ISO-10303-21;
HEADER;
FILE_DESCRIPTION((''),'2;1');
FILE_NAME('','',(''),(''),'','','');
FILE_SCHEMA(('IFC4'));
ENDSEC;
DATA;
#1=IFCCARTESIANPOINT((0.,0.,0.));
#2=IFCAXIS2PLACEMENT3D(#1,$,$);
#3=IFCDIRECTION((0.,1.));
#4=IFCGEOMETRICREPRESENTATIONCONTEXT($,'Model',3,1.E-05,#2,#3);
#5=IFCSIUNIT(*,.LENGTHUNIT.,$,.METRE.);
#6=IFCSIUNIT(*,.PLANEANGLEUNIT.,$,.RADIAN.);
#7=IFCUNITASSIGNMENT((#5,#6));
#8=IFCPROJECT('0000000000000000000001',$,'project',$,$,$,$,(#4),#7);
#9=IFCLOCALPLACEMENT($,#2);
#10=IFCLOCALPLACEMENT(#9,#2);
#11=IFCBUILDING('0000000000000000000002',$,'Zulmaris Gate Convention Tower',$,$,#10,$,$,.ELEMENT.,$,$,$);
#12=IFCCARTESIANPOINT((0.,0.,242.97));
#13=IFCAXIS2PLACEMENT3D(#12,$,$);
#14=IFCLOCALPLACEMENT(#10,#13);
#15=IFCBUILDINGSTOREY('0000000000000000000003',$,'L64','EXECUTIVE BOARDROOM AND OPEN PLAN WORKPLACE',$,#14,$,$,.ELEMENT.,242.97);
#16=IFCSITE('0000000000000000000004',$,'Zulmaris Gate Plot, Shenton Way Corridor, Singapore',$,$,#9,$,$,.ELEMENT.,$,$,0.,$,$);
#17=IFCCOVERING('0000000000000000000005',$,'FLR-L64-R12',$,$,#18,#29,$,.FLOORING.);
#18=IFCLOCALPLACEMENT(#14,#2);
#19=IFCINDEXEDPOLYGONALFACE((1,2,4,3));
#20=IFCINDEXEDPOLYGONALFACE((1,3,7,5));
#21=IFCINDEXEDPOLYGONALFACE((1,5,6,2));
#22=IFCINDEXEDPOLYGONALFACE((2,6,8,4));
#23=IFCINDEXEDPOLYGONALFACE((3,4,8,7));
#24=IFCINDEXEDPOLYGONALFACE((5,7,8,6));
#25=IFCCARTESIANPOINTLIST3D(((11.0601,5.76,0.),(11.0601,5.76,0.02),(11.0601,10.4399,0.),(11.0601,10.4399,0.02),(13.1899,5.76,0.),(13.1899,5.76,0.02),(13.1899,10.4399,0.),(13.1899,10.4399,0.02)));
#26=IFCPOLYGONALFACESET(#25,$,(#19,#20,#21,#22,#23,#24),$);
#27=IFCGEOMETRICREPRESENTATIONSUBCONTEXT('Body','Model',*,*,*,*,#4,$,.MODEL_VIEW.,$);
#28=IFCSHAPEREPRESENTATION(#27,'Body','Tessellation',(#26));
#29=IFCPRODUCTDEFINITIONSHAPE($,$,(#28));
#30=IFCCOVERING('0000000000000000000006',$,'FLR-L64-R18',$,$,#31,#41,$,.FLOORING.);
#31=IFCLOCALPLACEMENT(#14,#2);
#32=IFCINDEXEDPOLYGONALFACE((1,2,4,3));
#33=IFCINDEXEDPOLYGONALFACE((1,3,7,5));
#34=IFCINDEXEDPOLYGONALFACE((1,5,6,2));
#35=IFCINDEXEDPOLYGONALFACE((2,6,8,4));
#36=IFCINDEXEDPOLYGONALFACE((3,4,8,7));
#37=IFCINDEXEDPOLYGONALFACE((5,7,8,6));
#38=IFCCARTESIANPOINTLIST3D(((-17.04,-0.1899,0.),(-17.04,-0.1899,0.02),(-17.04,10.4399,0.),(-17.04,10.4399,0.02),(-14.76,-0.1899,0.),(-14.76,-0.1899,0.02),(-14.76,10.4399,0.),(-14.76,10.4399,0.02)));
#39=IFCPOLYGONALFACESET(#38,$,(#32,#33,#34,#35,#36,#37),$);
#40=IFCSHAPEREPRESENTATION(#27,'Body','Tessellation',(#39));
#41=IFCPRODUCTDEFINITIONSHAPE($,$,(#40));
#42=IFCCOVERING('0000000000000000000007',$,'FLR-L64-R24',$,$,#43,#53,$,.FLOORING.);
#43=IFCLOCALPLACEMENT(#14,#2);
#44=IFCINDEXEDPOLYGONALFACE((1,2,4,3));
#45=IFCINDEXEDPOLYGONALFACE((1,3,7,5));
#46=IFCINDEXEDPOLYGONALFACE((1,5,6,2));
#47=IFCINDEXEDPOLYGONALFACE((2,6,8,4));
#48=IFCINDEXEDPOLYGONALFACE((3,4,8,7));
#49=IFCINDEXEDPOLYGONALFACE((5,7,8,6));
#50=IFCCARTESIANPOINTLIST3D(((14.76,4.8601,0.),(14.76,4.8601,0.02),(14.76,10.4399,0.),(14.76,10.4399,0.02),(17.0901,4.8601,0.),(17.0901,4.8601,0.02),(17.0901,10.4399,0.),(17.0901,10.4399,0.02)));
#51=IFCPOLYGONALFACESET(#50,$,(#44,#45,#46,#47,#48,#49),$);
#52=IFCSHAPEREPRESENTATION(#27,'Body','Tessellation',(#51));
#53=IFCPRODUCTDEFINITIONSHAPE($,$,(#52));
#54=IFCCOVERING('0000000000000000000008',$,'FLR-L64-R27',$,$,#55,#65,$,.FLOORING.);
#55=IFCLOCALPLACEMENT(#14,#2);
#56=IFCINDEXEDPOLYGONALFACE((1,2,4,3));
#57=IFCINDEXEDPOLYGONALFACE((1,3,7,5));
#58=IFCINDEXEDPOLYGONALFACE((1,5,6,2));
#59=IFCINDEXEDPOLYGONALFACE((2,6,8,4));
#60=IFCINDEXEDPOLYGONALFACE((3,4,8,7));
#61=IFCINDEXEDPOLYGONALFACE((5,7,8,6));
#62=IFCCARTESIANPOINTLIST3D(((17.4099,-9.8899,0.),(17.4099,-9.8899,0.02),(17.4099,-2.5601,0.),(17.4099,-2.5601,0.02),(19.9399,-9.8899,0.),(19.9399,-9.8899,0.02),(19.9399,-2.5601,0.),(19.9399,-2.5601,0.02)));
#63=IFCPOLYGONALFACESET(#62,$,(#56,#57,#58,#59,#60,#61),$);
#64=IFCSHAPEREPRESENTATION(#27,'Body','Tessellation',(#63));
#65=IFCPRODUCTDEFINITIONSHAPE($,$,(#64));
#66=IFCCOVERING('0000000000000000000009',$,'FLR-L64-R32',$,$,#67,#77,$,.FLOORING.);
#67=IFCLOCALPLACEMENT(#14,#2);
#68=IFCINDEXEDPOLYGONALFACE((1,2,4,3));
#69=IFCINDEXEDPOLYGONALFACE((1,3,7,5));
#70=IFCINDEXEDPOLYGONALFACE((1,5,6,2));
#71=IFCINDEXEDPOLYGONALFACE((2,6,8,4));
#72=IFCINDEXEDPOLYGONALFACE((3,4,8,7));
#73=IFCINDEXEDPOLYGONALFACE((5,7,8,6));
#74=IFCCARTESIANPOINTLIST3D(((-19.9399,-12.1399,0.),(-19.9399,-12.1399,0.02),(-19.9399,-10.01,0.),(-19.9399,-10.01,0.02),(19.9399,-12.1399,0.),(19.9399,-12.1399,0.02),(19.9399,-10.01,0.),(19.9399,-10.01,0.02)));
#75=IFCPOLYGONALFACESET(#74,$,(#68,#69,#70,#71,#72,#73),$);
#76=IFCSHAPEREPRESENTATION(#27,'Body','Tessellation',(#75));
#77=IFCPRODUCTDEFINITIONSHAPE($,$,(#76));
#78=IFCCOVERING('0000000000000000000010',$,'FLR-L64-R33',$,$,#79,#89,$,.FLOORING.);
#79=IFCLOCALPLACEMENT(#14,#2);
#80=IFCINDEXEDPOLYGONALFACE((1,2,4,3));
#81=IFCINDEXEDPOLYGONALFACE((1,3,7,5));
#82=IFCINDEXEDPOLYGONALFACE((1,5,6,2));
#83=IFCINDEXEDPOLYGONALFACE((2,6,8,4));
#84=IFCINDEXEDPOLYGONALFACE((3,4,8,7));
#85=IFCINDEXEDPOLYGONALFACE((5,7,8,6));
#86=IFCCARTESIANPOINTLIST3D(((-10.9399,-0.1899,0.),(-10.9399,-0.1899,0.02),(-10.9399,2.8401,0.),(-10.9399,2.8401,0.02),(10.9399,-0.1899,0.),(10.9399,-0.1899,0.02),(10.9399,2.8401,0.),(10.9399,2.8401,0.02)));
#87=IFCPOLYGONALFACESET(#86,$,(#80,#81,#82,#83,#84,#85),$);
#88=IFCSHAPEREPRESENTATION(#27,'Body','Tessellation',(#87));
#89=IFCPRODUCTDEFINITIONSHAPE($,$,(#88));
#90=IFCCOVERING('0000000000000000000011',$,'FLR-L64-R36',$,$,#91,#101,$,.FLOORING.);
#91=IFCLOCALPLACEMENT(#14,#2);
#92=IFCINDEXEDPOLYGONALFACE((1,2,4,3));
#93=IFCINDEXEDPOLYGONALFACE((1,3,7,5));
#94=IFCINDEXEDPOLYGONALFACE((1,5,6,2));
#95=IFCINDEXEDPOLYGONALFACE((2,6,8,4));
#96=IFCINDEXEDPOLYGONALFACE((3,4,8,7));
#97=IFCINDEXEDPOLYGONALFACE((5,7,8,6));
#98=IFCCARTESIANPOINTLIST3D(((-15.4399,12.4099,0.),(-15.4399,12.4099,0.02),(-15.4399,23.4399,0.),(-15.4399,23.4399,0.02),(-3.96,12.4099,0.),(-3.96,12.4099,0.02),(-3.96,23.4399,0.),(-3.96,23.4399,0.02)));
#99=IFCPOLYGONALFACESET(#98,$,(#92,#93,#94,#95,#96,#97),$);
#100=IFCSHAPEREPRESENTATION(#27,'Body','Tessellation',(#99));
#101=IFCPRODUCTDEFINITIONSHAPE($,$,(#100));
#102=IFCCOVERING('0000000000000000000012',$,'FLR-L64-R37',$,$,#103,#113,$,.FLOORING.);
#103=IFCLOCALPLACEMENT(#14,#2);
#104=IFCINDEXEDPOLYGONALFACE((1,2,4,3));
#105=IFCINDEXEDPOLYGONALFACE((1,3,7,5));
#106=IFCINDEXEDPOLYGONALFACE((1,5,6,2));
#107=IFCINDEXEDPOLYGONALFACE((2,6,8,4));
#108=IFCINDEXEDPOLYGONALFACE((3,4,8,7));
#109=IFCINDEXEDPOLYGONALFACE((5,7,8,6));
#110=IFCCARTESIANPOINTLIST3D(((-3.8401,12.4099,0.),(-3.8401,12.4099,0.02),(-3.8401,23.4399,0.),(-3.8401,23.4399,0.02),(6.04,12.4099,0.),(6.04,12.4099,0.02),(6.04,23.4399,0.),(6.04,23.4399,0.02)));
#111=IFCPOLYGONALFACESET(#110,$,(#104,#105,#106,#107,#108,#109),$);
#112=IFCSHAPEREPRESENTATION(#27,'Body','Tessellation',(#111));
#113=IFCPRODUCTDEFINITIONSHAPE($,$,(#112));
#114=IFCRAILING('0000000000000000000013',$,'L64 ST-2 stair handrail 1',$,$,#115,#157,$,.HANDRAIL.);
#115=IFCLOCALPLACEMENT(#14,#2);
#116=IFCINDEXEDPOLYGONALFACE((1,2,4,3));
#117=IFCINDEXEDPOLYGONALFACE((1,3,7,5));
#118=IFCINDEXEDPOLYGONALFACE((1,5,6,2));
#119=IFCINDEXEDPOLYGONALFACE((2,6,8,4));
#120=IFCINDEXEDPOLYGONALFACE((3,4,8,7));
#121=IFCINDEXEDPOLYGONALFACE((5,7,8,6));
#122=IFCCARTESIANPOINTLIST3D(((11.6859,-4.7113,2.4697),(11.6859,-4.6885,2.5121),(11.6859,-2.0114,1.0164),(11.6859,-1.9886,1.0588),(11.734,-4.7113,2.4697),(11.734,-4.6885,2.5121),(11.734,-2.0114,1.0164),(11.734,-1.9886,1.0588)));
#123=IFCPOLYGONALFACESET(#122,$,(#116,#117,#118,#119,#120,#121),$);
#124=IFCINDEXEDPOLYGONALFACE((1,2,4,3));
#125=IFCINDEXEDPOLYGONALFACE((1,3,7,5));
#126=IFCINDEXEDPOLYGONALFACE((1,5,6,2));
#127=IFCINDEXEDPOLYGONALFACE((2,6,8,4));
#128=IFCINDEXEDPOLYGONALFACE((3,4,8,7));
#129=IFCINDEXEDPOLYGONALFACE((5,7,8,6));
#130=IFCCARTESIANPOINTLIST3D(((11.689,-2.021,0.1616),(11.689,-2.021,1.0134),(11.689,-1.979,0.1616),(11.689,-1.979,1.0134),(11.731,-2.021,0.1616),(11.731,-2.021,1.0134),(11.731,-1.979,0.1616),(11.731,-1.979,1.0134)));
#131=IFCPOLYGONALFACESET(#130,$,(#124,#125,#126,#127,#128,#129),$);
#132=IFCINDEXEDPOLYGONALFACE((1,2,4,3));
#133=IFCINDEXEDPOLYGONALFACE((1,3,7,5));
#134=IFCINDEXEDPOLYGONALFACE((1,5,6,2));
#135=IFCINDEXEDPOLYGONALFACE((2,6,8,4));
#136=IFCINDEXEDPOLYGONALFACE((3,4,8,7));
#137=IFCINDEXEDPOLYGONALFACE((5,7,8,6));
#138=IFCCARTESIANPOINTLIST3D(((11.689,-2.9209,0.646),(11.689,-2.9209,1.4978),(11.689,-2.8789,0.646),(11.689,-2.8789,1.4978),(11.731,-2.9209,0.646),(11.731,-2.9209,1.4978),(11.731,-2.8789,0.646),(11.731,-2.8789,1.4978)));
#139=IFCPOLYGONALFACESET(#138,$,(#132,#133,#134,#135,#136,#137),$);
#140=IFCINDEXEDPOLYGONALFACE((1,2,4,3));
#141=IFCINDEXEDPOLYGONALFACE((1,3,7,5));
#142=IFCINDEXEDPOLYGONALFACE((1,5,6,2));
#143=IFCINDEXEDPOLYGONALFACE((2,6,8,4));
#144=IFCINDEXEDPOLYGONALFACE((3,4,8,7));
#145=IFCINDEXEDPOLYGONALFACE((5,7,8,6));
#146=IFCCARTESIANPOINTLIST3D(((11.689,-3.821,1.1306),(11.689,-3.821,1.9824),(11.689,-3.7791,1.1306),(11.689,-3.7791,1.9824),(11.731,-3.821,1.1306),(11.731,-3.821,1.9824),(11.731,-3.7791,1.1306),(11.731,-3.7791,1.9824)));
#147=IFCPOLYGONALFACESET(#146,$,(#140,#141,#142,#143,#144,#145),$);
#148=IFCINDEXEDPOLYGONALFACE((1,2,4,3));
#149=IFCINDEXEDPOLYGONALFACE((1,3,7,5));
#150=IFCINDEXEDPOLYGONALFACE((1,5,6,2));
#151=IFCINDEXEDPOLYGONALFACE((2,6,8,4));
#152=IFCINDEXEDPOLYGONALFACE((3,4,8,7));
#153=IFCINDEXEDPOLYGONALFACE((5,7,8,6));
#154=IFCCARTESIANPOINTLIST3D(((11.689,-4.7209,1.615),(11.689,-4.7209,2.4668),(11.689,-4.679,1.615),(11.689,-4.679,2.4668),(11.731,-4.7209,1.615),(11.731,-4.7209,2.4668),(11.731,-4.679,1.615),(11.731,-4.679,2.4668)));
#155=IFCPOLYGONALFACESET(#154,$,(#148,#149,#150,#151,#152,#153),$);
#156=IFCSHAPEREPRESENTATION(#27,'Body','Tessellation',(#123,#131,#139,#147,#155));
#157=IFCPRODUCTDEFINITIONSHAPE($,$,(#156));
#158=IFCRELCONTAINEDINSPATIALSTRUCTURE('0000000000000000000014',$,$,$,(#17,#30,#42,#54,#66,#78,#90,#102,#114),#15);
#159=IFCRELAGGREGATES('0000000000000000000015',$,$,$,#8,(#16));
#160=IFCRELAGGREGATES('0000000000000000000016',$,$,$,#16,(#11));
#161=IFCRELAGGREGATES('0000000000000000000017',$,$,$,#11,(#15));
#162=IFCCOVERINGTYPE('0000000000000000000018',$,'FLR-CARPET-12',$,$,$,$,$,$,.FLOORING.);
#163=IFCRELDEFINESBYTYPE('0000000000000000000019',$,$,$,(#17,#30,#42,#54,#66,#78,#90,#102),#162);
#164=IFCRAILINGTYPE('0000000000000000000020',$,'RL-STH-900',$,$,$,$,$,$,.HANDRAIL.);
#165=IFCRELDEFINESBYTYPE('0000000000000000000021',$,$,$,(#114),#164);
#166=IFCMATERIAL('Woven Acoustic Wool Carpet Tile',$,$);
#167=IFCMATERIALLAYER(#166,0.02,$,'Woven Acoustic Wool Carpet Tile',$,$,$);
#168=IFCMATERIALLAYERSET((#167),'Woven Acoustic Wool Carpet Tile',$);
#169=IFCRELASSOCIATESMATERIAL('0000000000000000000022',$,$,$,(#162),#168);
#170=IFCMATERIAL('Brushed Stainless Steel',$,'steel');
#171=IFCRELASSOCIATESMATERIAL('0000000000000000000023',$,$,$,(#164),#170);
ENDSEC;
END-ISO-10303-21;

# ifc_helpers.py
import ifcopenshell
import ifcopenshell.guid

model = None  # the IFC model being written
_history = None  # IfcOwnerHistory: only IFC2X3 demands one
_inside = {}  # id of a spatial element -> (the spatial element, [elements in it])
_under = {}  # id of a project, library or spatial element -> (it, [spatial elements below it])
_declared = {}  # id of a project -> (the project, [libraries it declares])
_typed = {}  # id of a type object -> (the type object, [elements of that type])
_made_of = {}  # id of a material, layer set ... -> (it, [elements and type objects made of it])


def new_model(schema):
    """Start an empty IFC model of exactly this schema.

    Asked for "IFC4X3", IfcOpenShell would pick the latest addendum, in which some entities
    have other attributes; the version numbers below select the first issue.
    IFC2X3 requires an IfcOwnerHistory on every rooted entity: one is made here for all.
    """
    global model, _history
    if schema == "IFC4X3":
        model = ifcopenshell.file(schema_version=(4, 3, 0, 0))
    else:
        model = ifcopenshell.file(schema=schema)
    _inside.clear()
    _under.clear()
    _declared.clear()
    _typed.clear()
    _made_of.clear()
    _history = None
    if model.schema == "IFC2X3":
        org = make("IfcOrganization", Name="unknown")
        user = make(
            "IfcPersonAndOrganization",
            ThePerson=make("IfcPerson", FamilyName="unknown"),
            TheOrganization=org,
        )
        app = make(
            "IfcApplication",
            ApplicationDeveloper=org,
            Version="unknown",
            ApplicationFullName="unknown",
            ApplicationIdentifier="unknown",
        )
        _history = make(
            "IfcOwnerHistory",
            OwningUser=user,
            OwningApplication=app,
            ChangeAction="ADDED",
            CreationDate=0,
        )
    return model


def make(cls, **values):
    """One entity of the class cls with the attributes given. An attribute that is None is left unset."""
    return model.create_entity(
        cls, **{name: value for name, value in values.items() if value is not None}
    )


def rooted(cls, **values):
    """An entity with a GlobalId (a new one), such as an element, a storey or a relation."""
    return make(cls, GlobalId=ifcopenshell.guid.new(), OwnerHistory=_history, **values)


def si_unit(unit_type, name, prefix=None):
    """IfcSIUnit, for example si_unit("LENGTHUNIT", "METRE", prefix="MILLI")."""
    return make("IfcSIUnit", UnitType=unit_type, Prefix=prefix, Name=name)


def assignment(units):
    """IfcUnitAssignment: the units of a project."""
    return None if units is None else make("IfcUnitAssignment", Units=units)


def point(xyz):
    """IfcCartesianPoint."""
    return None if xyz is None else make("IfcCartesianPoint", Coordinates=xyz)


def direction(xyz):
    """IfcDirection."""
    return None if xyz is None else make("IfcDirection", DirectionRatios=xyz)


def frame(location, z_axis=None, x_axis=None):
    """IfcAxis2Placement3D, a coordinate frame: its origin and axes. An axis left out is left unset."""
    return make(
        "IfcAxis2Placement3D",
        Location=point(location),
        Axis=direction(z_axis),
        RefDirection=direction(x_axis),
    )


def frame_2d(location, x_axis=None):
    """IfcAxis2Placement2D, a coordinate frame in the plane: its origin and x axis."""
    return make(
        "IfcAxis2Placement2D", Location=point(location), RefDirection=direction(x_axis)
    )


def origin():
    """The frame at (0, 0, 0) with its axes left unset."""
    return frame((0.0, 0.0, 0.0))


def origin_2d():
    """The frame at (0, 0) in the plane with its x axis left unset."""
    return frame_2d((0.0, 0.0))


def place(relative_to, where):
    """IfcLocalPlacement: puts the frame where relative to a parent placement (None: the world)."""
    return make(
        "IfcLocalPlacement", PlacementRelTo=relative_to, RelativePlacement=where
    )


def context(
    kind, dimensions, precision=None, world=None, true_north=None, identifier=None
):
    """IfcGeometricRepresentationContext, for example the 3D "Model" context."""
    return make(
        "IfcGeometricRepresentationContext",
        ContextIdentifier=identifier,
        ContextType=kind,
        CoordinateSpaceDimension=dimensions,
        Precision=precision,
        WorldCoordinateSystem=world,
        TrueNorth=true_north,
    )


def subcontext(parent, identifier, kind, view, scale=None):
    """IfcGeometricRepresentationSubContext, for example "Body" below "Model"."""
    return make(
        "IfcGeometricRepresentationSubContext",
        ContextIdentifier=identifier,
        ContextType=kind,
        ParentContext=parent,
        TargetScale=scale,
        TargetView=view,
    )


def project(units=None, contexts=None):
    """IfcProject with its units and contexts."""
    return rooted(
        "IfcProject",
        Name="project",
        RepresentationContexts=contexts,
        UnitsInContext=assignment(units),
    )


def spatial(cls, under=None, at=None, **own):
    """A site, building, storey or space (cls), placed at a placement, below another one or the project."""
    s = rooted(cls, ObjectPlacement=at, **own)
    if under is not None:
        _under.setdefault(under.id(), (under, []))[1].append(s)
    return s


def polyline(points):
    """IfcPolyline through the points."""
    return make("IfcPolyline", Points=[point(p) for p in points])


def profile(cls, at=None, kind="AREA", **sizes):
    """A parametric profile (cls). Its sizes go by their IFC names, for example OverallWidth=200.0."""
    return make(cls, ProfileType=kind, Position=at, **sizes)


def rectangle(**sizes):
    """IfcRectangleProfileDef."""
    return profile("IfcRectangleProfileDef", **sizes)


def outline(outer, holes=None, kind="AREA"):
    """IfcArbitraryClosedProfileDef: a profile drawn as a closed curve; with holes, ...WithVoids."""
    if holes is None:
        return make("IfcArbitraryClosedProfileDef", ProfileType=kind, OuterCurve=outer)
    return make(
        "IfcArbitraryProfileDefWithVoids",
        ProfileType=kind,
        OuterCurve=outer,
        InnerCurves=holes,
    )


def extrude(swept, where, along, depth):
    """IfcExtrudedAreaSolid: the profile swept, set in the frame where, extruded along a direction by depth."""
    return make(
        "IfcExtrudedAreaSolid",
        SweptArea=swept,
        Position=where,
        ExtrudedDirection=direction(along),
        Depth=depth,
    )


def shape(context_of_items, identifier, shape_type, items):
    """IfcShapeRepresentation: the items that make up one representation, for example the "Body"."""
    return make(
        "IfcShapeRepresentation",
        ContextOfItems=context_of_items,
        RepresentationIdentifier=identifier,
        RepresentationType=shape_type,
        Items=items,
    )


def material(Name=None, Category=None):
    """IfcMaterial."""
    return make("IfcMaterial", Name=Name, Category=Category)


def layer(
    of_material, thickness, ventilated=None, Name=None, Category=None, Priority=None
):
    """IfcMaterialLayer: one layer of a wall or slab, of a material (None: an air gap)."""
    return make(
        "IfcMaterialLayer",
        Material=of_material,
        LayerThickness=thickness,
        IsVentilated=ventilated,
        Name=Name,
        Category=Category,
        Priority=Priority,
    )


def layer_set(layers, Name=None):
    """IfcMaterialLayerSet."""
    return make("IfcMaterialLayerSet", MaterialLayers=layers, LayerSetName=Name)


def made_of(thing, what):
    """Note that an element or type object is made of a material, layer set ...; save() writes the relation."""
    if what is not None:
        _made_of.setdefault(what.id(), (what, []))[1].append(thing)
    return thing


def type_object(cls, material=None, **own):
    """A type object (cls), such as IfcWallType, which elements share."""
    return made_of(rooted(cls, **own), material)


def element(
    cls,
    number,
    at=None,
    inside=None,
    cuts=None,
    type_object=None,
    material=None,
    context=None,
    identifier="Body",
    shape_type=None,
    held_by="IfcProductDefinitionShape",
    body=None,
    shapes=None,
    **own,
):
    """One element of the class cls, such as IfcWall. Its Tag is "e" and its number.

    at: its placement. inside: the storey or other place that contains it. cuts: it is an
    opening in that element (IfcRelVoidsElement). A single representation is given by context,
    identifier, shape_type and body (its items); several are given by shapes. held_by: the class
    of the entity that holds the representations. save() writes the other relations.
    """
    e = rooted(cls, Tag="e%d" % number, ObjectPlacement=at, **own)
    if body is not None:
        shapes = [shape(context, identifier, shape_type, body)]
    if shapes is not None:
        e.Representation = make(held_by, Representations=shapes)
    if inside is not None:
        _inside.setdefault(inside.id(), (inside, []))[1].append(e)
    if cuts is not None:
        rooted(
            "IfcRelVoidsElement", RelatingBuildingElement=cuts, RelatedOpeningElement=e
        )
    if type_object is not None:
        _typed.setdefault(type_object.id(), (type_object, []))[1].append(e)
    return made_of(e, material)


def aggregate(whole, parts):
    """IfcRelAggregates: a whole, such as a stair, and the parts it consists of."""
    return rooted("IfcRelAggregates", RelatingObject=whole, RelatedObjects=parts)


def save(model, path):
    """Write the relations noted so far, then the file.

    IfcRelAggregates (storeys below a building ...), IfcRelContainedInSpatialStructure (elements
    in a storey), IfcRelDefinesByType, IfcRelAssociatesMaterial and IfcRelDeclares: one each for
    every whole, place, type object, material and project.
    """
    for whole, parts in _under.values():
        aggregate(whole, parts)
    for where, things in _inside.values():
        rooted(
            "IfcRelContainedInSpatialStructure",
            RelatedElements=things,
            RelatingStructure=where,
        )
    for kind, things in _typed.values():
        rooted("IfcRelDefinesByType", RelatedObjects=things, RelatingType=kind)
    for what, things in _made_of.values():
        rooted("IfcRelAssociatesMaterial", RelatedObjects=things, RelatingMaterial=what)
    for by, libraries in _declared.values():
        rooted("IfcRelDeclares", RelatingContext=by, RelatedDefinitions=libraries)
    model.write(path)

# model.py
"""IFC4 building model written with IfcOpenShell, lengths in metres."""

from ifc_helpers import new_model, si_unit, direction, frame, origin, origin_2d, place, context, subcontext, project, spatial, polyline, rectangle, outline, extrude, material, layer, layer_set, type_object, element, save


model = new_model("IFC4")

# Units and contexts
model_context = context("Model", 3, precision=1e-05, world=origin(), true_north=direction((0.0, 1.0)))
body_context = subcontext(model_context, "Body", "Model", "MODEL_VIEW")
ifc_project = project(units=[si_unit("LENGTHUNIT", "METRE"), si_unit("PLANEANGLEUNIT", "RADIAN")], contexts=[model_context])

# Site, building, storey
site_placement = place(None, origin())
site = spatial("IfcSite", under=ifc_project, at=site_placement, Name="Zulmaris Gate Plot, Shenton Way Corridor, Singapore", CompositionType="ELEMENT", RefElevation=0.0)
building_placement = place(site_placement, origin())
building = spatial("IfcBuilding", under=site, at=building_placement, Name="Zulmaris Gate Convention Tower", CompositionType="ELEMENT")
storey_placement = place(building_placement, frame((0.0, 0.0, 242.97)))
storey = spatial("IfcBuildingStorey", under=building, at=storey_placement, Name="L64", Description="EXECUTIVE BOARDROOM AND OPEN PLAN WORKPLACE", CompositionType="ELEMENT", Elevation=242.97)

# Coverings
ifc_material_1 = material(Name="Woven Acoustic Wool Carpet Tile")
ifc_layer_1 = layer(ifc_material_1, 0.02, Name="Woven Acoustic Wool Carpet Tile")
ifc_layer_set_1 = layer_set([ifc_layer_1], Name="Woven Acoustic Wool Carpet Tile")
covering_type_1 = type_object("IfcCoveringType", Name="FLR-CARPET-12", PredefinedType="FLOORING", material=ifc_layer_set_1)
covering_1_placement = place(storey_placement, origin())
element("IfcCovering", 1, at=covering_1_placement, inside=storey, type_object=covering_type_1, Name="FLR-L64-R12", PredefinedType="FLOORING", context=body_context, shape_type="SweptSolid", body=[
    extrude(outline(polyline([(11.0601, 5.76), (13.1899, 5.76), (13.1899, 10.4399), (11.0601, 10.4399), (11.0601, 5.76)])), origin(), (0.0, 0.0, 1.0), 0.02),
])
covering_2_placement = place(storey_placement, origin())
element("IfcCovering", 2, at=covering_2_placement, inside=storey, type_object=covering_type_1, Name="FLR-L64-R18", PredefinedType="FLOORING", context=body_context, shape_type="SweptSolid", body=[
    extrude(outline(polyline([(-17.04, -0.1899), (-14.76, -0.1899), (-14.76, 10.4399), (-17.04, 10.4399), (-17.04, -0.1899)])), origin(), (0.0, 0.0, 1.0), 0.02),
])
covering_3_placement = place(storey_placement, origin())
element("IfcCovering", 3, at=covering_3_placement, inside=storey, type_object=covering_type_1, Name="FLR-L64-R24", PredefinedType="FLOORING", context=body_context, shape_type="SweptSolid", body=[
    extrude(outline(polyline([(14.76, 4.8601), (17.0901, 4.8601), (17.0901, 10.4399), (14.76, 10.4399), (14.76, 4.8601)])), origin(), (0.0, 0.0, 1.0), 0.02),
])
covering_4_placement = place(storey_placement, origin())
element("IfcCovering", 4, at=covering_4_placement, inside=storey, type_object=covering_type_1, Name="FLR-L64-R27", PredefinedType="FLOORING", context=body_context, shape_type="SweptSolid", body=[
    extrude(outline(polyline([(17.4099, -9.8899), (19.9399, -9.8899), (19.9399, -2.5601), (17.4099, -2.5601), (17.4099, -9.8899)])), origin(), (0.0, 0.0, 1.0), 0.02),
])
covering_5_placement = place(storey_placement, origin())
element("IfcCovering", 5, at=covering_5_placement, inside=storey, type_object=covering_type_1, Name="FLR-L64-R32", PredefinedType="FLOORING", context=body_context, shape_type="SweptSolid", body=[
    extrude(outline(polyline([(-19.9399, -12.1399), (19.9399, -12.1399), (19.9399, -10.01), (-19.9399, -10.01), (-19.9399, -12.1399)])), origin(), (0.0, 0.0, 1.0), 0.02),
])
covering_6_placement = place(storey_placement, origin())
element("IfcCovering", 6, at=covering_6_placement, inside=storey, type_object=covering_type_1, Name="FLR-L64-R33", PredefinedType="FLOORING", context=body_context, shape_type="SweptSolid", body=[
    extrude(outline(polyline([(-10.9399, -0.1899), (10.9399, -0.1899), (10.9399, 2.8401), (-10.9399, 2.8401), (-10.9399, -0.1899)])), origin(), (0.0, 0.0, 1.0), 0.02),
])
covering_7_placement = place(storey_placement, origin())
element("IfcCovering", 7, at=covering_7_placement, inside=storey, type_object=covering_type_1, Name="FLR-L64-R36", PredefinedType="FLOORING", context=body_context, shape_type="SweptSolid", body=[
    extrude(outline(polyline([(-15.4399, 12.4099), (-3.96, 12.4099), (-3.96, 23.4399), (-15.4399, 23.4399), (-15.4399, 12.4099)])), origin(), (0.0, 0.0, 1.0), 0.02),
])
covering_8_placement = place(storey_placement, origin())
element("IfcCovering", 8, at=covering_8_placement, inside=storey, type_object=covering_type_1, Name="FLR-L64-R37", PredefinedType="FLOORING", context=body_context, shape_type="SweptSolid", body=[
    extrude(outline(polyline([(-3.8401, 12.4099), (6.04, 12.4099), (6.04, 23.4399), (-3.8401, 23.4399), (-3.8401, 12.4099)])), origin(), (0.0, 0.0, 1.0), 0.02),
])

# Railing
ifc_material_2 = material(Name="Brushed Stainless Steel", Category="steel")
railing_type = type_object("IfcRailingType", Name="RL-STH-900", PredefinedType="HANDRAIL", material=ifc_material_2)
railing_placement = place(storey_placement, frame((11.71, -2.0, 0.1616)))
element("IfcRailing", 9, at=railing_placement, inside=storey, type_object=railing_type, Name="L64 ST-2 stair handrail 1", PredefinedType="HANDRAIL", context=body_context, shape_type="SweptSolid", body=[
    extrude(rectangle(XDim=0.0481, YDim=0.0481, at=origin_2d()), frame((0.0, 0.0, 0.876), z_axis=(0.0, -0.880532, 0.473986), x_axis=(1.0, 0.0, 0.0)), (0.0, 0.0, 1.0), 3.0662),
    extrude(rectangle(XDim=0.042, YDim=0.042, at=origin_2d()), origin(), (0.0, 0.0, 1.0), 0.8518),
    extrude(rectangle(XDim=0.042, YDim=0.042, at=origin_2d()), frame((0.0, -0.8999, 0.4844)), (0.0, 0.0, 1.0), 0.8518),
    extrude(rectangle(XDim=0.042, YDim=0.042, at=origin_2d()), frame((0.0, -1.8, 0.969)), (0.0, 0.0, 1.0), 0.8518),
    extrude(rectangle(XDim=0.042, YDim=0.042, at=origin_2d()), frame((0.0, -2.7, 1.4534)), (0.0, 0.0, 1.0), 0.8518),
])

save(model, "model.ifc")
